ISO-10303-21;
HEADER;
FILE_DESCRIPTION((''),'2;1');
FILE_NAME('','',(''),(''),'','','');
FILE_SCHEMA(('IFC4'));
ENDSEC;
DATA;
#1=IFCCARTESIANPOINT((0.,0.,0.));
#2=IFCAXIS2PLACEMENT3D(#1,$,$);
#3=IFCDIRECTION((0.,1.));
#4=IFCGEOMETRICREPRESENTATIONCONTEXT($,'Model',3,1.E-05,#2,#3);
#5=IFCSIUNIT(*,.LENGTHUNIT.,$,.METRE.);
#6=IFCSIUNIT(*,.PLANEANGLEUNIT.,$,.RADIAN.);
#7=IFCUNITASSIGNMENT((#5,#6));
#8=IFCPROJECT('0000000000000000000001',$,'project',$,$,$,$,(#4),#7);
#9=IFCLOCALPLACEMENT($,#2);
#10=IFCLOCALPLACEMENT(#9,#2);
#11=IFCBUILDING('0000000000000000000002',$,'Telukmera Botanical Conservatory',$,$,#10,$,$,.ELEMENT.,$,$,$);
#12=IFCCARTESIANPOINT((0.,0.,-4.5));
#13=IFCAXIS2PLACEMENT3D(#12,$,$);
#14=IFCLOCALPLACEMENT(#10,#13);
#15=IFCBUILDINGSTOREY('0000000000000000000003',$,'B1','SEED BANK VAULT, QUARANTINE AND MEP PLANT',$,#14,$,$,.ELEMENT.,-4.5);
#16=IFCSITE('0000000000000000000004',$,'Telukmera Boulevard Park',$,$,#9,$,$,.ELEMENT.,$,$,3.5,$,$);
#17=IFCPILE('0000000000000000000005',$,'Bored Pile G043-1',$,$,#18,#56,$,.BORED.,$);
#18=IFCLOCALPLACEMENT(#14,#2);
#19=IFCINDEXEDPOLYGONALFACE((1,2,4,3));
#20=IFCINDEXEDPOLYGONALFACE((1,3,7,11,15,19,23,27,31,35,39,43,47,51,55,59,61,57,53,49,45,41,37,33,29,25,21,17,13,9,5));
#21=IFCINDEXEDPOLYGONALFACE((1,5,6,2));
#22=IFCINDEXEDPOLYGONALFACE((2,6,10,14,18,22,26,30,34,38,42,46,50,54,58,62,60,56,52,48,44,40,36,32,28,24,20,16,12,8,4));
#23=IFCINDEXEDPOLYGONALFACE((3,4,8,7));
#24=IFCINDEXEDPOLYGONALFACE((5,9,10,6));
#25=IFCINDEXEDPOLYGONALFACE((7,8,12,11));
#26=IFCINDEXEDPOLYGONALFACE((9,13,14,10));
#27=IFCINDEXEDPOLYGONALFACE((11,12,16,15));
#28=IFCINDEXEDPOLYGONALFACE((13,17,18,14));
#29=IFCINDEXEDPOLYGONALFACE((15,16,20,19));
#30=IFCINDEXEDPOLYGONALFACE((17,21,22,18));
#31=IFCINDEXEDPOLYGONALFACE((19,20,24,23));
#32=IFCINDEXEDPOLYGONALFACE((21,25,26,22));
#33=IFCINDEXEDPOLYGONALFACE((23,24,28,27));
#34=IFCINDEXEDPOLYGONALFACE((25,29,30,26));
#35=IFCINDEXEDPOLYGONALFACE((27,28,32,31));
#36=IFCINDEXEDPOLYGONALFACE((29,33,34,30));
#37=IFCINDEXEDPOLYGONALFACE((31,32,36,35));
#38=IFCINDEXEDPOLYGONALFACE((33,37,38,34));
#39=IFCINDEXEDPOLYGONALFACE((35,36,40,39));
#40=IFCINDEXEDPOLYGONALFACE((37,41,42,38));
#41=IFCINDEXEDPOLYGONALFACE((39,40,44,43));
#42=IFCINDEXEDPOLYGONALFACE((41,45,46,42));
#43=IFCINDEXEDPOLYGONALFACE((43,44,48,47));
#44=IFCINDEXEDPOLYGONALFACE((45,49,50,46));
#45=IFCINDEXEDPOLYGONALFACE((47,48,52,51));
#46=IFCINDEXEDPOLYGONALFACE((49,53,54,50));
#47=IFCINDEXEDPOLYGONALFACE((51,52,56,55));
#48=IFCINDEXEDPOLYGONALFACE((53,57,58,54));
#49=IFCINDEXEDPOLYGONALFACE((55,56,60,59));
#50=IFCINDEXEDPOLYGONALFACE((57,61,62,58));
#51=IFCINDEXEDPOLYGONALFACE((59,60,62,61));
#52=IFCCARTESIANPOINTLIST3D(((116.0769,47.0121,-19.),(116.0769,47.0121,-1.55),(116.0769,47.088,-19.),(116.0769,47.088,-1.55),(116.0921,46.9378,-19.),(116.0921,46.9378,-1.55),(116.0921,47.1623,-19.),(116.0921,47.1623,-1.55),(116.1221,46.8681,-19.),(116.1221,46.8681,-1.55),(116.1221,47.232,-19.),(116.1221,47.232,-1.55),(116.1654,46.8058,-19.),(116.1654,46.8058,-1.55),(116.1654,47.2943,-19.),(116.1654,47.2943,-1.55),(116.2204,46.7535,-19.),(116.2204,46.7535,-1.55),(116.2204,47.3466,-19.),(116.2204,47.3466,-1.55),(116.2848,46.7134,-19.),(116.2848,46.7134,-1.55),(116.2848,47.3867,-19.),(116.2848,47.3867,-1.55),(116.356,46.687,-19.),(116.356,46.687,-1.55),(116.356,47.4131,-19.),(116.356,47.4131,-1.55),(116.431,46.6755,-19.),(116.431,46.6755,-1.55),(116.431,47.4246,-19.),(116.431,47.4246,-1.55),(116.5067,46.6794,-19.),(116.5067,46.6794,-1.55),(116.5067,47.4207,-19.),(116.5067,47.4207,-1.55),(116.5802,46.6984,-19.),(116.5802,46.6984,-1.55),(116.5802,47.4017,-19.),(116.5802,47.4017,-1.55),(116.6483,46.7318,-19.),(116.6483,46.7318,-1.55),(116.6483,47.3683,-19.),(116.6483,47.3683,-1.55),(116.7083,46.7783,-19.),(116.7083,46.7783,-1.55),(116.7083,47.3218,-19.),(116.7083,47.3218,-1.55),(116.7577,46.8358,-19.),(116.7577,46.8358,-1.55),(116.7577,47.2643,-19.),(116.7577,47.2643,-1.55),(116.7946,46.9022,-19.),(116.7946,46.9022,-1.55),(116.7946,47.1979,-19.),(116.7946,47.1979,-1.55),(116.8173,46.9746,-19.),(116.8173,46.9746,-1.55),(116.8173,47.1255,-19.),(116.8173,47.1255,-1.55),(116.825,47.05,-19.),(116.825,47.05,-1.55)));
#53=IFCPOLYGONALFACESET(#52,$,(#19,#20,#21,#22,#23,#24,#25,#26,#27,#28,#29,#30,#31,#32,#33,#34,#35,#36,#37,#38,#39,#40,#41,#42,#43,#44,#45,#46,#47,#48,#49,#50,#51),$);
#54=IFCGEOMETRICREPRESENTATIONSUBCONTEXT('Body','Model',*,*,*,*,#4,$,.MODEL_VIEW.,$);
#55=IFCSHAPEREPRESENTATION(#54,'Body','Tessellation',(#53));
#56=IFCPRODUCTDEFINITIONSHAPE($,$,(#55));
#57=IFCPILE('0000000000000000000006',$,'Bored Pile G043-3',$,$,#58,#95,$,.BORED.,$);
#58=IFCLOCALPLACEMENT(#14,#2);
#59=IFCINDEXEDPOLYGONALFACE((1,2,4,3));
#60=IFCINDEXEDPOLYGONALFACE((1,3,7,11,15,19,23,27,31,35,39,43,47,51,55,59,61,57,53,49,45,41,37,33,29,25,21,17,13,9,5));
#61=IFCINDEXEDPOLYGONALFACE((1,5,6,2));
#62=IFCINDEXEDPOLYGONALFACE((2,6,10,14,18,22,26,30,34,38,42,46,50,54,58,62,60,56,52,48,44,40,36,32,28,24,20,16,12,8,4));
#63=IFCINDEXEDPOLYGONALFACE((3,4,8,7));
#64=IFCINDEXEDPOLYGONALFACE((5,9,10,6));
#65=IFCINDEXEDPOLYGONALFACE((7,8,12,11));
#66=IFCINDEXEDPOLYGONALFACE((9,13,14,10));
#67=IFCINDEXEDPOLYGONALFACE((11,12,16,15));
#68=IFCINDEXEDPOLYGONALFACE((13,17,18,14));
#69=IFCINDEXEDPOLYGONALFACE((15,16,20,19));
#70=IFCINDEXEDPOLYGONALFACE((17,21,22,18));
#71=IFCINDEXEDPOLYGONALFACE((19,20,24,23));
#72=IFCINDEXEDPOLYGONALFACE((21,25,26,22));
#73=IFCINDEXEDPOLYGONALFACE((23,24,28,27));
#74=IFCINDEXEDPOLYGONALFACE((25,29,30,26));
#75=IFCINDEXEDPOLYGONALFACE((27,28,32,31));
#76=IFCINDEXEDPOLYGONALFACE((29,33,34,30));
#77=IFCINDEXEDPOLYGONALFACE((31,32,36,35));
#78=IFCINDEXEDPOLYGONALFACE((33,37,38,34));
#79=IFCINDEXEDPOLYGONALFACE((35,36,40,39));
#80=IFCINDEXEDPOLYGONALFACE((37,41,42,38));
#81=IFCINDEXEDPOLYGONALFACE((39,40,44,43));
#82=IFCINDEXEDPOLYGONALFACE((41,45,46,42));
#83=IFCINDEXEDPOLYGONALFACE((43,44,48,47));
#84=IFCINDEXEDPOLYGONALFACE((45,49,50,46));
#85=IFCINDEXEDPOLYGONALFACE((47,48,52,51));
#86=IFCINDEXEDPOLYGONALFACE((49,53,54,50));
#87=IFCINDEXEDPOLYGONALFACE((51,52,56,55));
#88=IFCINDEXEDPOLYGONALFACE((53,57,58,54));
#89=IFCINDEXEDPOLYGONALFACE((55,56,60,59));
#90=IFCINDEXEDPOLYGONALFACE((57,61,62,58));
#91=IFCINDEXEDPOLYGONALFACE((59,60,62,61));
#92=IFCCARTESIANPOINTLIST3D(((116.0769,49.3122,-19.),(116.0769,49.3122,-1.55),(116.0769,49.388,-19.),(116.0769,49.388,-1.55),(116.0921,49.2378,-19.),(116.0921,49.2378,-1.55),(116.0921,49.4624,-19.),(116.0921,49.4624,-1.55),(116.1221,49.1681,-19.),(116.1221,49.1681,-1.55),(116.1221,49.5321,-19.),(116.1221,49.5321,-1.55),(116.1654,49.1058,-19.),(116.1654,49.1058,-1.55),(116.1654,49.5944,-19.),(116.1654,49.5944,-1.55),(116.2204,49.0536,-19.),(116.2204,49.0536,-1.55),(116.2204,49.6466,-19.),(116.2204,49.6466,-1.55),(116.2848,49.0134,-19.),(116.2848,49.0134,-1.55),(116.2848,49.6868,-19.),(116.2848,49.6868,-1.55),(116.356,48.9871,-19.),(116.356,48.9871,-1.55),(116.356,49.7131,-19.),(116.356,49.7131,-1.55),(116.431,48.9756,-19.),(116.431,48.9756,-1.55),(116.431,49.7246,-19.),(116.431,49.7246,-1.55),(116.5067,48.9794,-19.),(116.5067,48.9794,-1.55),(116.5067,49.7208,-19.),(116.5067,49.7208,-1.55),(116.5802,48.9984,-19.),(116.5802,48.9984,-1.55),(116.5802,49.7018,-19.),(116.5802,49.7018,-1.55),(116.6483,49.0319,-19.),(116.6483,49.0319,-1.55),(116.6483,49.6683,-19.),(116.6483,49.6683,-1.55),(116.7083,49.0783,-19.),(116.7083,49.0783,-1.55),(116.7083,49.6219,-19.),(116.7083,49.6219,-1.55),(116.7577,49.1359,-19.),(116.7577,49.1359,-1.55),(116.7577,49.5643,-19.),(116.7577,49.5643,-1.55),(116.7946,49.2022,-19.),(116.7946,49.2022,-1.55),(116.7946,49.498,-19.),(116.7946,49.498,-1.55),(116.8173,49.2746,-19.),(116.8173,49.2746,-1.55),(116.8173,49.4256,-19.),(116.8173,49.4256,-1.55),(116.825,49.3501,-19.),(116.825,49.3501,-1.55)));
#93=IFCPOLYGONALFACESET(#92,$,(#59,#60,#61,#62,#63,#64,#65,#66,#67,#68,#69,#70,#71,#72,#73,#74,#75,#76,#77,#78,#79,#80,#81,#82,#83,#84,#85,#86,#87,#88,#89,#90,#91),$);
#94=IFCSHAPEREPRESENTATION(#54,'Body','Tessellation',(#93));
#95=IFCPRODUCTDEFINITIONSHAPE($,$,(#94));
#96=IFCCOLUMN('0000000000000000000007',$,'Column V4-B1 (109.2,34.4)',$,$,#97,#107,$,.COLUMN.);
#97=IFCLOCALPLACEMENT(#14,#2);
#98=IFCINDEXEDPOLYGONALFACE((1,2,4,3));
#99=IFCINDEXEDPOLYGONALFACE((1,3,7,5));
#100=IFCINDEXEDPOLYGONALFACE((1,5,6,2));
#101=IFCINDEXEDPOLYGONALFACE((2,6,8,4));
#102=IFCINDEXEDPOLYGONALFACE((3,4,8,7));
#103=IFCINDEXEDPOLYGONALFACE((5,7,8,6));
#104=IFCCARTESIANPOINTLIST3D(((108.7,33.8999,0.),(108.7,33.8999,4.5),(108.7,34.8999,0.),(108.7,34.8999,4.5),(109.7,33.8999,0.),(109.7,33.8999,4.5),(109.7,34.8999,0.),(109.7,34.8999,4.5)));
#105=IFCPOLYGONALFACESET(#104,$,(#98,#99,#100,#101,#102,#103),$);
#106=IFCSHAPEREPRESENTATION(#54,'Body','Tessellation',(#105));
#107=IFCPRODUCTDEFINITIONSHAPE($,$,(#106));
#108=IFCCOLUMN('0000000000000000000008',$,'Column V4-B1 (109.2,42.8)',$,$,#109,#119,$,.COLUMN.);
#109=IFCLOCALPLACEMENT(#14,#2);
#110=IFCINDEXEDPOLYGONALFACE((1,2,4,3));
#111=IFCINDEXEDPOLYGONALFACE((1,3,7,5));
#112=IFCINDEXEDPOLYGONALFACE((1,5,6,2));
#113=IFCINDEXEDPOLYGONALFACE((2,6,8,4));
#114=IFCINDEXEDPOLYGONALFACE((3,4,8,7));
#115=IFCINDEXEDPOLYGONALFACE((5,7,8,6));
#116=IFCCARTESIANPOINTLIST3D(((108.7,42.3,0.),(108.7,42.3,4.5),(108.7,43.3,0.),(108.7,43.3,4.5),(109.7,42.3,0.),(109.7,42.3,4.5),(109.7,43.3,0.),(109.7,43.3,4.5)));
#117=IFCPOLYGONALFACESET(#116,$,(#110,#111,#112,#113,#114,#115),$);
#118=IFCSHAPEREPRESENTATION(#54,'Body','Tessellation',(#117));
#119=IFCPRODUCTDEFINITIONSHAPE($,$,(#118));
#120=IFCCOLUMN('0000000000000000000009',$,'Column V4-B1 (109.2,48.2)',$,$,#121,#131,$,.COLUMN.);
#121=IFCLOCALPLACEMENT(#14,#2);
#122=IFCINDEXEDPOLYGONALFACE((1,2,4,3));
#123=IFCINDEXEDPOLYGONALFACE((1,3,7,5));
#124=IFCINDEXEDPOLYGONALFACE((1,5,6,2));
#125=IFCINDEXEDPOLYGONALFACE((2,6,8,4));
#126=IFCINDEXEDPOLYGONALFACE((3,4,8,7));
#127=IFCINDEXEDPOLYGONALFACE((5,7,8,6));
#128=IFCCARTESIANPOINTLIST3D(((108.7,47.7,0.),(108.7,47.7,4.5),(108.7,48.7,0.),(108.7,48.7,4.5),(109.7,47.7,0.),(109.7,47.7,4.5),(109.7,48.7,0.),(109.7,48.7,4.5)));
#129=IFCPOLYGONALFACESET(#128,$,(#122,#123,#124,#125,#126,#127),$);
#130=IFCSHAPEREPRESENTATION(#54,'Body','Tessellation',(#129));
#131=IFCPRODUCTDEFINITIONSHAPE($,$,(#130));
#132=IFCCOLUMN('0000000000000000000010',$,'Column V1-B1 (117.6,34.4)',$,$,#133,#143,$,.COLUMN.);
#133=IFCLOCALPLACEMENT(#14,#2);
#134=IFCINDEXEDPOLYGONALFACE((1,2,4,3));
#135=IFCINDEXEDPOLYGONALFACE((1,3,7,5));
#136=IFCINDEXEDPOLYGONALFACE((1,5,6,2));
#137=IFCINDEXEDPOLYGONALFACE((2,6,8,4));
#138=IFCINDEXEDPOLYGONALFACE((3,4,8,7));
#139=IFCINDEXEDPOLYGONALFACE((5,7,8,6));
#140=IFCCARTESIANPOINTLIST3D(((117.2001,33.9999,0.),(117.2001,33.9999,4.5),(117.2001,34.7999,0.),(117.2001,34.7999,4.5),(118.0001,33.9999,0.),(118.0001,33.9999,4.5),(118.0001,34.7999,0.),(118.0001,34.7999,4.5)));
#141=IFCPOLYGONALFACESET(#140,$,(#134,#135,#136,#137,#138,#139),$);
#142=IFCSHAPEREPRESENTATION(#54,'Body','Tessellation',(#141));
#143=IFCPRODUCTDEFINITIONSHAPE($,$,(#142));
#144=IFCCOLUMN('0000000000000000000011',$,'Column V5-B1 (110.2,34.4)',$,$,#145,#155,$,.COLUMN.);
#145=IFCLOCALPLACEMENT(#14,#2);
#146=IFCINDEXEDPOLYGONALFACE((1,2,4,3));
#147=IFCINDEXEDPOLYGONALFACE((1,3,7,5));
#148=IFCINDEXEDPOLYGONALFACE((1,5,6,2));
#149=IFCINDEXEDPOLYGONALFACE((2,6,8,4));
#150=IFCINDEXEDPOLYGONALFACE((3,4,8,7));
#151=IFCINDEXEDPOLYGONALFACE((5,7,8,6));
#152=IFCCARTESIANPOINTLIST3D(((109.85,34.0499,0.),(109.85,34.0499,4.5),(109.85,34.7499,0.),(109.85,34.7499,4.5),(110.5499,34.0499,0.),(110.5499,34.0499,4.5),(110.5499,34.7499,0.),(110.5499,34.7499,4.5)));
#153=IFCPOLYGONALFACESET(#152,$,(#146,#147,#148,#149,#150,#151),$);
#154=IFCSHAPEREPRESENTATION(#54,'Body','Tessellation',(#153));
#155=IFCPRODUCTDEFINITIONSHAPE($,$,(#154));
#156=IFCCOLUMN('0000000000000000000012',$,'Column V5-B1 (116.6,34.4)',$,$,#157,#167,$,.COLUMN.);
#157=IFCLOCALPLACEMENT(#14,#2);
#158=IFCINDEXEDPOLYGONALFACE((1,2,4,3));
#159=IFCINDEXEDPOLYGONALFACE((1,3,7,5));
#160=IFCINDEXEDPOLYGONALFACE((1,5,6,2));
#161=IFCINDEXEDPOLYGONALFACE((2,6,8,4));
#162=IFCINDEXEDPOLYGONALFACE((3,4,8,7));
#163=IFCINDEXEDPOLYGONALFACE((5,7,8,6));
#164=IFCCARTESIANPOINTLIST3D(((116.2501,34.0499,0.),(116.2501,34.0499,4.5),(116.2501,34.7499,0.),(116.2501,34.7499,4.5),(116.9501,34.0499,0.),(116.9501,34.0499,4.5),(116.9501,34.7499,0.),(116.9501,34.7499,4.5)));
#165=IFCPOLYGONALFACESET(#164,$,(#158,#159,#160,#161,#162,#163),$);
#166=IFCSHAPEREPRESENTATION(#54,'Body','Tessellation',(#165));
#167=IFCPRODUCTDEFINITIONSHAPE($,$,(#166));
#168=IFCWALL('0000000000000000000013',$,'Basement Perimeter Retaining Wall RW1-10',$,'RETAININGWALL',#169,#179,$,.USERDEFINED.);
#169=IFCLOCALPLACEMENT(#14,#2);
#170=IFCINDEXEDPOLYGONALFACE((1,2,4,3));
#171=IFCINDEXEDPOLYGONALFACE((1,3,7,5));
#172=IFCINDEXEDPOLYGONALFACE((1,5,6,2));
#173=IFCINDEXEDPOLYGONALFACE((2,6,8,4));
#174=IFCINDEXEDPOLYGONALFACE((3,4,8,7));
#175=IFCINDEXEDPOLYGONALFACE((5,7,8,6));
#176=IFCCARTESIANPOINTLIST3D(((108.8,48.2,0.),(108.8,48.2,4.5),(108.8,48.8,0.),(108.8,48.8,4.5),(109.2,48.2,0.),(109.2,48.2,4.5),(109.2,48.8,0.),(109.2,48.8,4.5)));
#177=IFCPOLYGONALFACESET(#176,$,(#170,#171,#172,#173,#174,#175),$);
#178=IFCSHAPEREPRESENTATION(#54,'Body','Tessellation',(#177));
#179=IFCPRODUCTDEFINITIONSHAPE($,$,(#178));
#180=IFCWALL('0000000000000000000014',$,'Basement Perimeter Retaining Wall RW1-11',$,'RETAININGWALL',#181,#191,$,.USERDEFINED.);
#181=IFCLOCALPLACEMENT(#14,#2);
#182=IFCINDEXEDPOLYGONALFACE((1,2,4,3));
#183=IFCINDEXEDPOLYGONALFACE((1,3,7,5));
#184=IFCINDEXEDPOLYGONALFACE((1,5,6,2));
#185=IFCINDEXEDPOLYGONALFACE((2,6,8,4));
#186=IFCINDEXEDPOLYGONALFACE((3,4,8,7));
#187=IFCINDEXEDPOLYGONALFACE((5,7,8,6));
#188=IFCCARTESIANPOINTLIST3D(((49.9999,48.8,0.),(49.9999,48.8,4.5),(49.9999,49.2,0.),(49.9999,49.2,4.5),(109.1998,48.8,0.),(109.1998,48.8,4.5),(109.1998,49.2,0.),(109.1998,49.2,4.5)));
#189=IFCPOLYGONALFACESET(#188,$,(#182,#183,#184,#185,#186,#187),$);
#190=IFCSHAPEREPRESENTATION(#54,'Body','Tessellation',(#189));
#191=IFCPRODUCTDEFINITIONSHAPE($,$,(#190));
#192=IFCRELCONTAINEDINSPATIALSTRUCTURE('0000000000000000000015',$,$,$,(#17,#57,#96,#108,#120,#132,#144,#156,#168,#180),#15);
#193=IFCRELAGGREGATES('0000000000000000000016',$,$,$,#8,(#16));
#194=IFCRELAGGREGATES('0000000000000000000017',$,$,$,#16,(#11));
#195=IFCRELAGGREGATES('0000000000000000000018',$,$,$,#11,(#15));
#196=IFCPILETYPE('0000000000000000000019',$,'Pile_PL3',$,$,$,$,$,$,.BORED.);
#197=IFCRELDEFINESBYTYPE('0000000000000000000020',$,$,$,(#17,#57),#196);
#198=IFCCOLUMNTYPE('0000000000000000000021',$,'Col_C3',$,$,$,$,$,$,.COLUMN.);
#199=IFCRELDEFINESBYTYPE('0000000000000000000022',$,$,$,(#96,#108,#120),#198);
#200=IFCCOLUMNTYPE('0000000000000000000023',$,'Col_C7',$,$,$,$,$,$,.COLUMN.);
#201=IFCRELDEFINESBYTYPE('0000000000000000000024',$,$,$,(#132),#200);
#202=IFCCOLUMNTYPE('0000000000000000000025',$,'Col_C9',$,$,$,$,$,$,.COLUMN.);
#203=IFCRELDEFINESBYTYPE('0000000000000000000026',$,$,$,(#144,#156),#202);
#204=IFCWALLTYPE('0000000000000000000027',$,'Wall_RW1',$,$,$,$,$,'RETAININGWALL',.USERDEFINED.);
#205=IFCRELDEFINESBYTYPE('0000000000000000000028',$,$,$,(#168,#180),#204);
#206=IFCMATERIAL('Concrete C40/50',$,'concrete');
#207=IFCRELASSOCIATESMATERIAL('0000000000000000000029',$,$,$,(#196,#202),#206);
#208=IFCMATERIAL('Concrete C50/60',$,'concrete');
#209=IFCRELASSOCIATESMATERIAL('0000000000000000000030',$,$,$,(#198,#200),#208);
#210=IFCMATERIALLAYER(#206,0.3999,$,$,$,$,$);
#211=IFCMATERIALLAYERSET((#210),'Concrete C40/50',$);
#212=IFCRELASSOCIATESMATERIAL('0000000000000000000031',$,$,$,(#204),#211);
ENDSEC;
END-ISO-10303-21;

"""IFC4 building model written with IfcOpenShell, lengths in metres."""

from ifc_helpers import new_model, si_unit, direction, frame, frame_2d, origin, origin_2d, place, context, subcontext, project, spatial, rectangle, circle, extrude, material, layer, layer_set, material_profile, profile_set, type_object, element, save


model = new_model("IFC4")

# Units and contexts
model_context = context("Model", 3, precision=1e-05, world=origin(), true_north=direction((0.0, 1.0)))
body_context = subcontext(model_context, "Body", "Model", "MODEL_VIEW")
ifc_project = project(units=[si_unit("LENGTHUNIT", "METRE"), si_unit("PLANEANGLEUNIT", "RADIAN")], contexts=[model_context])

# Site, building, storey
site_placement = place(None, origin())
site = spatial("IfcSite", under=ifc_project, at=site_placement, Name="Telukmera Boulevard Park", CompositionType="ELEMENT", RefElevation=3.5)
building_placement = place(site_placement, origin())
building = spatial("IfcBuilding", under=site, at=building_placement, Name="Telukmera Botanical Conservatory", CompositionType="ELEMENT")
storey_placement = place(building_placement, frame((0.0, 0.0, -4.5)))
storey = spatial("IfcBuildingStorey", under=building, at=storey_placement, Name="B1", Description="SEED BANK VAULT, QUARANTINE AND MEP PLANT", CompositionType="ELEMENT", Elevation=-4.5)

# Shared definitions
ifc_material_1 = material(Name="Concrete C50/60", Category="concrete")
ifc_material_2 = material(Name="Concrete C40/50", Category="concrete")

# Piles
ifc_material_profile_1 = material_profile(ifc_material_2, circle(Radius=0.375, at=origin_2d()), Name="PILE D750")
ifc_profile_set_1 = profile_set([ifc_material_profile_1], Name="Concrete C40/50")
pile_type_1 = type_object("IfcPileType", Name="Pile_PL3", PredefinedType="BORED", material=ifc_profile_set_1)
for number, where, z_axis, x_axis, name in (
    (1, (116.45, 47.05, -1.55), (0.0, 0.0, -1.0), (1.0, 0.0, 0.0), "Bored Pile G043-1"),
    (2, (116.45, 49.3501, -1.55), (0.0, 0.0, -1.0), (1.0, 0.0, 0.0), "Bored Pile G043-3"),
):
    element("IfcPile", number, at=place(storey_placement, frame(where, z_axis=z_axis, x_axis=x_axis)), inside=storey, type_object=pile_type_1, Name=name, PredefinedType="BORED", context=body_context, shape_type="SweptSolid", body=[
        extrude(circle(Radius=0.375, at=origin_2d()), origin(), (0.0, 0.0, 1.0), 17.45),
    ])

# Columns
ifc_material_profile_2 = material_profile(ifc_material_1, rectangle(XDim=1.0, YDim=1.0, at=origin_2d()), Name="RC 1000x1000")
ifc_profile_set_2 = profile_set([ifc_material_profile_2], Name="Concrete C50/60")
column_type_1 = type_object("IfcColumnType", Name="Col_C3", PredefinedType="COLUMN", material=ifc_profile_set_2)
for number, where, z_axis, x_axis, name in (
    (3, (109.2, 34.3999, 0.0), (0.0, 0.0, 1.0), (1.0, 0.0, 0.0), "Column V4-B1 (109.2,34.4)"),
    (4, (109.2, 42.8, 0.0), (0.0, 0.0, 1.0), (1.0, 0.0, 0.0), "Column V4-B1 (109.2,42.8)"),
    (5, (109.2, 48.2, 0.0), (0.0, 0.0, 1.0), (1.0, 0.0, 0.0), "Column V4-B1 (109.2,48.2)"),
):
    element("IfcColumn", number, at=place(storey_placement, frame(where, z_axis=z_axis, x_axis=x_axis)), inside=storey, type_object=column_type_1, Name=name, PredefinedType="COLUMN", context=body_context, shape_type="SweptSolid", body=[
        extrude(rectangle(XDim=1.0, YDim=1.0, at=origin_2d()), origin(), (0.0, 0.0, 1.0), 4.5),
    ])
ifc_material_profile_3 = material_profile(ifc_material_1, rectangle(XDim=0.8, YDim=0.8, at=origin_2d()), Name="RC 800x800")
ifc_profile_set_3 = profile_set([ifc_material_profile_3], Name="Concrete C50/60")
column_type_2 = type_object("IfcColumnType", Name="Col_C7", PredefinedType="COLUMN", material=ifc_profile_set_3)
column_placement = place(storey_placement, frame((117.6001, 34.3999, 0.0), z_axis=(0.0, 0.0, 1.0), x_axis=(1.0, 0.0, 0.0)))
element("IfcColumn", 6, at=column_placement, inside=storey, type_object=column_type_2, Name="Column V1-B1 (117.6,34.4)", PredefinedType="COLUMN", context=body_context, shape_type="SweptSolid", body=[
    extrude(rectangle(XDim=0.8, YDim=0.8, at=origin_2d()), origin(), (0.0, 0.0, 1.0), 4.5),
])
ifc_material_profile_4 = material_profile(ifc_material_2, rectangle(XDim=0.7, YDim=0.7, at=origin_2d()), Name="RC 700x700")
ifc_profile_set_4 = profile_set([ifc_material_profile_4], Name="Concrete C40/50")
column_type_3 = type_object("IfcColumnType", Name="Col_C9", PredefinedType="COLUMN", material=ifc_profile_set_4)
for number, where, z_axis, x_axis, name in (
    (7, (110.2, 34.3999, 0.0), (0.0, 0.0, 1.0), (1.0, 0.0, 0.0), "Column V5-B1 (110.2,34.4)"),
    (8, (116.6001, 34.3999, 0.0), (0.0, 0.0, 1.0), (1.0, 0.0, 0.0), "Column V5-B1 (116.6,34.4)"),
):
    element("IfcColumn", number, at=place(storey_placement, frame(where, z_axis=z_axis, x_axis=x_axis)), inside=storey, type_object=column_type_3, Name=name, PredefinedType="COLUMN", context=body_context, shape_type="SweptSolid", body=[
        extrude(rectangle(XDim=0.7, YDim=0.7, at=origin_2d()), origin(), (0.0, 0.0, 1.0), 4.5),
    ])

# Walls
ifc_layer = layer(ifc_material_2, 0.3999)
ifc_layer_set = layer_set([ifc_layer], Name="Concrete C40/50")
wall_type = type_object("IfcWallType", Name="Wall_RW1", ElementType="RETAININGWALL", PredefinedType="USERDEFINED", material=ifc_layer_set)
wall_1_placement = place(storey_placement, frame((109.0, 48.2, 0.0), z_axis=(0.0, 0.0, 1.0), x_axis=(0.0, 1.0, 0.0)))
element("IfcWall", 9, at=wall_1_placement, inside=storey, type_object=wall_type, Name="Basement Perimeter Retaining Wall RW1-10", ObjectType="RETAININGWALL", PredefinedType="USERDEFINED", context=body_context, shape_type="SweptSolid", body=[
    extrude(rectangle(XDim=0.6001, YDim=0.3999, at=frame_2d((0.3, 0.0))), origin(), (0.0, 0.0, 1.0), 4.5),
])
wall_2_placement = place(storey_placement, frame((109.2, 49.0, 0.0), z_axis=(0.0, 0.0, 1.0), x_axis=(-1.0, 0.0, 0.0)))
element("IfcWall", 10, at=wall_2_placement, inside=storey, type_object=wall_type, Name="Basement Perimeter Retaining Wall RW1-11", ObjectType="RETAININGWALL", PredefinedType="USERDEFINED", context=body_context, shape_type="SweptSolid", body=[
    extrude(rectangle(XDim=59.2, YDim=0.3999, at=frame_2d((29.6001, 0.0))), origin(), (0.0, 0.0, 1.0), 4.5),
])

save(model, "model.ifc")
